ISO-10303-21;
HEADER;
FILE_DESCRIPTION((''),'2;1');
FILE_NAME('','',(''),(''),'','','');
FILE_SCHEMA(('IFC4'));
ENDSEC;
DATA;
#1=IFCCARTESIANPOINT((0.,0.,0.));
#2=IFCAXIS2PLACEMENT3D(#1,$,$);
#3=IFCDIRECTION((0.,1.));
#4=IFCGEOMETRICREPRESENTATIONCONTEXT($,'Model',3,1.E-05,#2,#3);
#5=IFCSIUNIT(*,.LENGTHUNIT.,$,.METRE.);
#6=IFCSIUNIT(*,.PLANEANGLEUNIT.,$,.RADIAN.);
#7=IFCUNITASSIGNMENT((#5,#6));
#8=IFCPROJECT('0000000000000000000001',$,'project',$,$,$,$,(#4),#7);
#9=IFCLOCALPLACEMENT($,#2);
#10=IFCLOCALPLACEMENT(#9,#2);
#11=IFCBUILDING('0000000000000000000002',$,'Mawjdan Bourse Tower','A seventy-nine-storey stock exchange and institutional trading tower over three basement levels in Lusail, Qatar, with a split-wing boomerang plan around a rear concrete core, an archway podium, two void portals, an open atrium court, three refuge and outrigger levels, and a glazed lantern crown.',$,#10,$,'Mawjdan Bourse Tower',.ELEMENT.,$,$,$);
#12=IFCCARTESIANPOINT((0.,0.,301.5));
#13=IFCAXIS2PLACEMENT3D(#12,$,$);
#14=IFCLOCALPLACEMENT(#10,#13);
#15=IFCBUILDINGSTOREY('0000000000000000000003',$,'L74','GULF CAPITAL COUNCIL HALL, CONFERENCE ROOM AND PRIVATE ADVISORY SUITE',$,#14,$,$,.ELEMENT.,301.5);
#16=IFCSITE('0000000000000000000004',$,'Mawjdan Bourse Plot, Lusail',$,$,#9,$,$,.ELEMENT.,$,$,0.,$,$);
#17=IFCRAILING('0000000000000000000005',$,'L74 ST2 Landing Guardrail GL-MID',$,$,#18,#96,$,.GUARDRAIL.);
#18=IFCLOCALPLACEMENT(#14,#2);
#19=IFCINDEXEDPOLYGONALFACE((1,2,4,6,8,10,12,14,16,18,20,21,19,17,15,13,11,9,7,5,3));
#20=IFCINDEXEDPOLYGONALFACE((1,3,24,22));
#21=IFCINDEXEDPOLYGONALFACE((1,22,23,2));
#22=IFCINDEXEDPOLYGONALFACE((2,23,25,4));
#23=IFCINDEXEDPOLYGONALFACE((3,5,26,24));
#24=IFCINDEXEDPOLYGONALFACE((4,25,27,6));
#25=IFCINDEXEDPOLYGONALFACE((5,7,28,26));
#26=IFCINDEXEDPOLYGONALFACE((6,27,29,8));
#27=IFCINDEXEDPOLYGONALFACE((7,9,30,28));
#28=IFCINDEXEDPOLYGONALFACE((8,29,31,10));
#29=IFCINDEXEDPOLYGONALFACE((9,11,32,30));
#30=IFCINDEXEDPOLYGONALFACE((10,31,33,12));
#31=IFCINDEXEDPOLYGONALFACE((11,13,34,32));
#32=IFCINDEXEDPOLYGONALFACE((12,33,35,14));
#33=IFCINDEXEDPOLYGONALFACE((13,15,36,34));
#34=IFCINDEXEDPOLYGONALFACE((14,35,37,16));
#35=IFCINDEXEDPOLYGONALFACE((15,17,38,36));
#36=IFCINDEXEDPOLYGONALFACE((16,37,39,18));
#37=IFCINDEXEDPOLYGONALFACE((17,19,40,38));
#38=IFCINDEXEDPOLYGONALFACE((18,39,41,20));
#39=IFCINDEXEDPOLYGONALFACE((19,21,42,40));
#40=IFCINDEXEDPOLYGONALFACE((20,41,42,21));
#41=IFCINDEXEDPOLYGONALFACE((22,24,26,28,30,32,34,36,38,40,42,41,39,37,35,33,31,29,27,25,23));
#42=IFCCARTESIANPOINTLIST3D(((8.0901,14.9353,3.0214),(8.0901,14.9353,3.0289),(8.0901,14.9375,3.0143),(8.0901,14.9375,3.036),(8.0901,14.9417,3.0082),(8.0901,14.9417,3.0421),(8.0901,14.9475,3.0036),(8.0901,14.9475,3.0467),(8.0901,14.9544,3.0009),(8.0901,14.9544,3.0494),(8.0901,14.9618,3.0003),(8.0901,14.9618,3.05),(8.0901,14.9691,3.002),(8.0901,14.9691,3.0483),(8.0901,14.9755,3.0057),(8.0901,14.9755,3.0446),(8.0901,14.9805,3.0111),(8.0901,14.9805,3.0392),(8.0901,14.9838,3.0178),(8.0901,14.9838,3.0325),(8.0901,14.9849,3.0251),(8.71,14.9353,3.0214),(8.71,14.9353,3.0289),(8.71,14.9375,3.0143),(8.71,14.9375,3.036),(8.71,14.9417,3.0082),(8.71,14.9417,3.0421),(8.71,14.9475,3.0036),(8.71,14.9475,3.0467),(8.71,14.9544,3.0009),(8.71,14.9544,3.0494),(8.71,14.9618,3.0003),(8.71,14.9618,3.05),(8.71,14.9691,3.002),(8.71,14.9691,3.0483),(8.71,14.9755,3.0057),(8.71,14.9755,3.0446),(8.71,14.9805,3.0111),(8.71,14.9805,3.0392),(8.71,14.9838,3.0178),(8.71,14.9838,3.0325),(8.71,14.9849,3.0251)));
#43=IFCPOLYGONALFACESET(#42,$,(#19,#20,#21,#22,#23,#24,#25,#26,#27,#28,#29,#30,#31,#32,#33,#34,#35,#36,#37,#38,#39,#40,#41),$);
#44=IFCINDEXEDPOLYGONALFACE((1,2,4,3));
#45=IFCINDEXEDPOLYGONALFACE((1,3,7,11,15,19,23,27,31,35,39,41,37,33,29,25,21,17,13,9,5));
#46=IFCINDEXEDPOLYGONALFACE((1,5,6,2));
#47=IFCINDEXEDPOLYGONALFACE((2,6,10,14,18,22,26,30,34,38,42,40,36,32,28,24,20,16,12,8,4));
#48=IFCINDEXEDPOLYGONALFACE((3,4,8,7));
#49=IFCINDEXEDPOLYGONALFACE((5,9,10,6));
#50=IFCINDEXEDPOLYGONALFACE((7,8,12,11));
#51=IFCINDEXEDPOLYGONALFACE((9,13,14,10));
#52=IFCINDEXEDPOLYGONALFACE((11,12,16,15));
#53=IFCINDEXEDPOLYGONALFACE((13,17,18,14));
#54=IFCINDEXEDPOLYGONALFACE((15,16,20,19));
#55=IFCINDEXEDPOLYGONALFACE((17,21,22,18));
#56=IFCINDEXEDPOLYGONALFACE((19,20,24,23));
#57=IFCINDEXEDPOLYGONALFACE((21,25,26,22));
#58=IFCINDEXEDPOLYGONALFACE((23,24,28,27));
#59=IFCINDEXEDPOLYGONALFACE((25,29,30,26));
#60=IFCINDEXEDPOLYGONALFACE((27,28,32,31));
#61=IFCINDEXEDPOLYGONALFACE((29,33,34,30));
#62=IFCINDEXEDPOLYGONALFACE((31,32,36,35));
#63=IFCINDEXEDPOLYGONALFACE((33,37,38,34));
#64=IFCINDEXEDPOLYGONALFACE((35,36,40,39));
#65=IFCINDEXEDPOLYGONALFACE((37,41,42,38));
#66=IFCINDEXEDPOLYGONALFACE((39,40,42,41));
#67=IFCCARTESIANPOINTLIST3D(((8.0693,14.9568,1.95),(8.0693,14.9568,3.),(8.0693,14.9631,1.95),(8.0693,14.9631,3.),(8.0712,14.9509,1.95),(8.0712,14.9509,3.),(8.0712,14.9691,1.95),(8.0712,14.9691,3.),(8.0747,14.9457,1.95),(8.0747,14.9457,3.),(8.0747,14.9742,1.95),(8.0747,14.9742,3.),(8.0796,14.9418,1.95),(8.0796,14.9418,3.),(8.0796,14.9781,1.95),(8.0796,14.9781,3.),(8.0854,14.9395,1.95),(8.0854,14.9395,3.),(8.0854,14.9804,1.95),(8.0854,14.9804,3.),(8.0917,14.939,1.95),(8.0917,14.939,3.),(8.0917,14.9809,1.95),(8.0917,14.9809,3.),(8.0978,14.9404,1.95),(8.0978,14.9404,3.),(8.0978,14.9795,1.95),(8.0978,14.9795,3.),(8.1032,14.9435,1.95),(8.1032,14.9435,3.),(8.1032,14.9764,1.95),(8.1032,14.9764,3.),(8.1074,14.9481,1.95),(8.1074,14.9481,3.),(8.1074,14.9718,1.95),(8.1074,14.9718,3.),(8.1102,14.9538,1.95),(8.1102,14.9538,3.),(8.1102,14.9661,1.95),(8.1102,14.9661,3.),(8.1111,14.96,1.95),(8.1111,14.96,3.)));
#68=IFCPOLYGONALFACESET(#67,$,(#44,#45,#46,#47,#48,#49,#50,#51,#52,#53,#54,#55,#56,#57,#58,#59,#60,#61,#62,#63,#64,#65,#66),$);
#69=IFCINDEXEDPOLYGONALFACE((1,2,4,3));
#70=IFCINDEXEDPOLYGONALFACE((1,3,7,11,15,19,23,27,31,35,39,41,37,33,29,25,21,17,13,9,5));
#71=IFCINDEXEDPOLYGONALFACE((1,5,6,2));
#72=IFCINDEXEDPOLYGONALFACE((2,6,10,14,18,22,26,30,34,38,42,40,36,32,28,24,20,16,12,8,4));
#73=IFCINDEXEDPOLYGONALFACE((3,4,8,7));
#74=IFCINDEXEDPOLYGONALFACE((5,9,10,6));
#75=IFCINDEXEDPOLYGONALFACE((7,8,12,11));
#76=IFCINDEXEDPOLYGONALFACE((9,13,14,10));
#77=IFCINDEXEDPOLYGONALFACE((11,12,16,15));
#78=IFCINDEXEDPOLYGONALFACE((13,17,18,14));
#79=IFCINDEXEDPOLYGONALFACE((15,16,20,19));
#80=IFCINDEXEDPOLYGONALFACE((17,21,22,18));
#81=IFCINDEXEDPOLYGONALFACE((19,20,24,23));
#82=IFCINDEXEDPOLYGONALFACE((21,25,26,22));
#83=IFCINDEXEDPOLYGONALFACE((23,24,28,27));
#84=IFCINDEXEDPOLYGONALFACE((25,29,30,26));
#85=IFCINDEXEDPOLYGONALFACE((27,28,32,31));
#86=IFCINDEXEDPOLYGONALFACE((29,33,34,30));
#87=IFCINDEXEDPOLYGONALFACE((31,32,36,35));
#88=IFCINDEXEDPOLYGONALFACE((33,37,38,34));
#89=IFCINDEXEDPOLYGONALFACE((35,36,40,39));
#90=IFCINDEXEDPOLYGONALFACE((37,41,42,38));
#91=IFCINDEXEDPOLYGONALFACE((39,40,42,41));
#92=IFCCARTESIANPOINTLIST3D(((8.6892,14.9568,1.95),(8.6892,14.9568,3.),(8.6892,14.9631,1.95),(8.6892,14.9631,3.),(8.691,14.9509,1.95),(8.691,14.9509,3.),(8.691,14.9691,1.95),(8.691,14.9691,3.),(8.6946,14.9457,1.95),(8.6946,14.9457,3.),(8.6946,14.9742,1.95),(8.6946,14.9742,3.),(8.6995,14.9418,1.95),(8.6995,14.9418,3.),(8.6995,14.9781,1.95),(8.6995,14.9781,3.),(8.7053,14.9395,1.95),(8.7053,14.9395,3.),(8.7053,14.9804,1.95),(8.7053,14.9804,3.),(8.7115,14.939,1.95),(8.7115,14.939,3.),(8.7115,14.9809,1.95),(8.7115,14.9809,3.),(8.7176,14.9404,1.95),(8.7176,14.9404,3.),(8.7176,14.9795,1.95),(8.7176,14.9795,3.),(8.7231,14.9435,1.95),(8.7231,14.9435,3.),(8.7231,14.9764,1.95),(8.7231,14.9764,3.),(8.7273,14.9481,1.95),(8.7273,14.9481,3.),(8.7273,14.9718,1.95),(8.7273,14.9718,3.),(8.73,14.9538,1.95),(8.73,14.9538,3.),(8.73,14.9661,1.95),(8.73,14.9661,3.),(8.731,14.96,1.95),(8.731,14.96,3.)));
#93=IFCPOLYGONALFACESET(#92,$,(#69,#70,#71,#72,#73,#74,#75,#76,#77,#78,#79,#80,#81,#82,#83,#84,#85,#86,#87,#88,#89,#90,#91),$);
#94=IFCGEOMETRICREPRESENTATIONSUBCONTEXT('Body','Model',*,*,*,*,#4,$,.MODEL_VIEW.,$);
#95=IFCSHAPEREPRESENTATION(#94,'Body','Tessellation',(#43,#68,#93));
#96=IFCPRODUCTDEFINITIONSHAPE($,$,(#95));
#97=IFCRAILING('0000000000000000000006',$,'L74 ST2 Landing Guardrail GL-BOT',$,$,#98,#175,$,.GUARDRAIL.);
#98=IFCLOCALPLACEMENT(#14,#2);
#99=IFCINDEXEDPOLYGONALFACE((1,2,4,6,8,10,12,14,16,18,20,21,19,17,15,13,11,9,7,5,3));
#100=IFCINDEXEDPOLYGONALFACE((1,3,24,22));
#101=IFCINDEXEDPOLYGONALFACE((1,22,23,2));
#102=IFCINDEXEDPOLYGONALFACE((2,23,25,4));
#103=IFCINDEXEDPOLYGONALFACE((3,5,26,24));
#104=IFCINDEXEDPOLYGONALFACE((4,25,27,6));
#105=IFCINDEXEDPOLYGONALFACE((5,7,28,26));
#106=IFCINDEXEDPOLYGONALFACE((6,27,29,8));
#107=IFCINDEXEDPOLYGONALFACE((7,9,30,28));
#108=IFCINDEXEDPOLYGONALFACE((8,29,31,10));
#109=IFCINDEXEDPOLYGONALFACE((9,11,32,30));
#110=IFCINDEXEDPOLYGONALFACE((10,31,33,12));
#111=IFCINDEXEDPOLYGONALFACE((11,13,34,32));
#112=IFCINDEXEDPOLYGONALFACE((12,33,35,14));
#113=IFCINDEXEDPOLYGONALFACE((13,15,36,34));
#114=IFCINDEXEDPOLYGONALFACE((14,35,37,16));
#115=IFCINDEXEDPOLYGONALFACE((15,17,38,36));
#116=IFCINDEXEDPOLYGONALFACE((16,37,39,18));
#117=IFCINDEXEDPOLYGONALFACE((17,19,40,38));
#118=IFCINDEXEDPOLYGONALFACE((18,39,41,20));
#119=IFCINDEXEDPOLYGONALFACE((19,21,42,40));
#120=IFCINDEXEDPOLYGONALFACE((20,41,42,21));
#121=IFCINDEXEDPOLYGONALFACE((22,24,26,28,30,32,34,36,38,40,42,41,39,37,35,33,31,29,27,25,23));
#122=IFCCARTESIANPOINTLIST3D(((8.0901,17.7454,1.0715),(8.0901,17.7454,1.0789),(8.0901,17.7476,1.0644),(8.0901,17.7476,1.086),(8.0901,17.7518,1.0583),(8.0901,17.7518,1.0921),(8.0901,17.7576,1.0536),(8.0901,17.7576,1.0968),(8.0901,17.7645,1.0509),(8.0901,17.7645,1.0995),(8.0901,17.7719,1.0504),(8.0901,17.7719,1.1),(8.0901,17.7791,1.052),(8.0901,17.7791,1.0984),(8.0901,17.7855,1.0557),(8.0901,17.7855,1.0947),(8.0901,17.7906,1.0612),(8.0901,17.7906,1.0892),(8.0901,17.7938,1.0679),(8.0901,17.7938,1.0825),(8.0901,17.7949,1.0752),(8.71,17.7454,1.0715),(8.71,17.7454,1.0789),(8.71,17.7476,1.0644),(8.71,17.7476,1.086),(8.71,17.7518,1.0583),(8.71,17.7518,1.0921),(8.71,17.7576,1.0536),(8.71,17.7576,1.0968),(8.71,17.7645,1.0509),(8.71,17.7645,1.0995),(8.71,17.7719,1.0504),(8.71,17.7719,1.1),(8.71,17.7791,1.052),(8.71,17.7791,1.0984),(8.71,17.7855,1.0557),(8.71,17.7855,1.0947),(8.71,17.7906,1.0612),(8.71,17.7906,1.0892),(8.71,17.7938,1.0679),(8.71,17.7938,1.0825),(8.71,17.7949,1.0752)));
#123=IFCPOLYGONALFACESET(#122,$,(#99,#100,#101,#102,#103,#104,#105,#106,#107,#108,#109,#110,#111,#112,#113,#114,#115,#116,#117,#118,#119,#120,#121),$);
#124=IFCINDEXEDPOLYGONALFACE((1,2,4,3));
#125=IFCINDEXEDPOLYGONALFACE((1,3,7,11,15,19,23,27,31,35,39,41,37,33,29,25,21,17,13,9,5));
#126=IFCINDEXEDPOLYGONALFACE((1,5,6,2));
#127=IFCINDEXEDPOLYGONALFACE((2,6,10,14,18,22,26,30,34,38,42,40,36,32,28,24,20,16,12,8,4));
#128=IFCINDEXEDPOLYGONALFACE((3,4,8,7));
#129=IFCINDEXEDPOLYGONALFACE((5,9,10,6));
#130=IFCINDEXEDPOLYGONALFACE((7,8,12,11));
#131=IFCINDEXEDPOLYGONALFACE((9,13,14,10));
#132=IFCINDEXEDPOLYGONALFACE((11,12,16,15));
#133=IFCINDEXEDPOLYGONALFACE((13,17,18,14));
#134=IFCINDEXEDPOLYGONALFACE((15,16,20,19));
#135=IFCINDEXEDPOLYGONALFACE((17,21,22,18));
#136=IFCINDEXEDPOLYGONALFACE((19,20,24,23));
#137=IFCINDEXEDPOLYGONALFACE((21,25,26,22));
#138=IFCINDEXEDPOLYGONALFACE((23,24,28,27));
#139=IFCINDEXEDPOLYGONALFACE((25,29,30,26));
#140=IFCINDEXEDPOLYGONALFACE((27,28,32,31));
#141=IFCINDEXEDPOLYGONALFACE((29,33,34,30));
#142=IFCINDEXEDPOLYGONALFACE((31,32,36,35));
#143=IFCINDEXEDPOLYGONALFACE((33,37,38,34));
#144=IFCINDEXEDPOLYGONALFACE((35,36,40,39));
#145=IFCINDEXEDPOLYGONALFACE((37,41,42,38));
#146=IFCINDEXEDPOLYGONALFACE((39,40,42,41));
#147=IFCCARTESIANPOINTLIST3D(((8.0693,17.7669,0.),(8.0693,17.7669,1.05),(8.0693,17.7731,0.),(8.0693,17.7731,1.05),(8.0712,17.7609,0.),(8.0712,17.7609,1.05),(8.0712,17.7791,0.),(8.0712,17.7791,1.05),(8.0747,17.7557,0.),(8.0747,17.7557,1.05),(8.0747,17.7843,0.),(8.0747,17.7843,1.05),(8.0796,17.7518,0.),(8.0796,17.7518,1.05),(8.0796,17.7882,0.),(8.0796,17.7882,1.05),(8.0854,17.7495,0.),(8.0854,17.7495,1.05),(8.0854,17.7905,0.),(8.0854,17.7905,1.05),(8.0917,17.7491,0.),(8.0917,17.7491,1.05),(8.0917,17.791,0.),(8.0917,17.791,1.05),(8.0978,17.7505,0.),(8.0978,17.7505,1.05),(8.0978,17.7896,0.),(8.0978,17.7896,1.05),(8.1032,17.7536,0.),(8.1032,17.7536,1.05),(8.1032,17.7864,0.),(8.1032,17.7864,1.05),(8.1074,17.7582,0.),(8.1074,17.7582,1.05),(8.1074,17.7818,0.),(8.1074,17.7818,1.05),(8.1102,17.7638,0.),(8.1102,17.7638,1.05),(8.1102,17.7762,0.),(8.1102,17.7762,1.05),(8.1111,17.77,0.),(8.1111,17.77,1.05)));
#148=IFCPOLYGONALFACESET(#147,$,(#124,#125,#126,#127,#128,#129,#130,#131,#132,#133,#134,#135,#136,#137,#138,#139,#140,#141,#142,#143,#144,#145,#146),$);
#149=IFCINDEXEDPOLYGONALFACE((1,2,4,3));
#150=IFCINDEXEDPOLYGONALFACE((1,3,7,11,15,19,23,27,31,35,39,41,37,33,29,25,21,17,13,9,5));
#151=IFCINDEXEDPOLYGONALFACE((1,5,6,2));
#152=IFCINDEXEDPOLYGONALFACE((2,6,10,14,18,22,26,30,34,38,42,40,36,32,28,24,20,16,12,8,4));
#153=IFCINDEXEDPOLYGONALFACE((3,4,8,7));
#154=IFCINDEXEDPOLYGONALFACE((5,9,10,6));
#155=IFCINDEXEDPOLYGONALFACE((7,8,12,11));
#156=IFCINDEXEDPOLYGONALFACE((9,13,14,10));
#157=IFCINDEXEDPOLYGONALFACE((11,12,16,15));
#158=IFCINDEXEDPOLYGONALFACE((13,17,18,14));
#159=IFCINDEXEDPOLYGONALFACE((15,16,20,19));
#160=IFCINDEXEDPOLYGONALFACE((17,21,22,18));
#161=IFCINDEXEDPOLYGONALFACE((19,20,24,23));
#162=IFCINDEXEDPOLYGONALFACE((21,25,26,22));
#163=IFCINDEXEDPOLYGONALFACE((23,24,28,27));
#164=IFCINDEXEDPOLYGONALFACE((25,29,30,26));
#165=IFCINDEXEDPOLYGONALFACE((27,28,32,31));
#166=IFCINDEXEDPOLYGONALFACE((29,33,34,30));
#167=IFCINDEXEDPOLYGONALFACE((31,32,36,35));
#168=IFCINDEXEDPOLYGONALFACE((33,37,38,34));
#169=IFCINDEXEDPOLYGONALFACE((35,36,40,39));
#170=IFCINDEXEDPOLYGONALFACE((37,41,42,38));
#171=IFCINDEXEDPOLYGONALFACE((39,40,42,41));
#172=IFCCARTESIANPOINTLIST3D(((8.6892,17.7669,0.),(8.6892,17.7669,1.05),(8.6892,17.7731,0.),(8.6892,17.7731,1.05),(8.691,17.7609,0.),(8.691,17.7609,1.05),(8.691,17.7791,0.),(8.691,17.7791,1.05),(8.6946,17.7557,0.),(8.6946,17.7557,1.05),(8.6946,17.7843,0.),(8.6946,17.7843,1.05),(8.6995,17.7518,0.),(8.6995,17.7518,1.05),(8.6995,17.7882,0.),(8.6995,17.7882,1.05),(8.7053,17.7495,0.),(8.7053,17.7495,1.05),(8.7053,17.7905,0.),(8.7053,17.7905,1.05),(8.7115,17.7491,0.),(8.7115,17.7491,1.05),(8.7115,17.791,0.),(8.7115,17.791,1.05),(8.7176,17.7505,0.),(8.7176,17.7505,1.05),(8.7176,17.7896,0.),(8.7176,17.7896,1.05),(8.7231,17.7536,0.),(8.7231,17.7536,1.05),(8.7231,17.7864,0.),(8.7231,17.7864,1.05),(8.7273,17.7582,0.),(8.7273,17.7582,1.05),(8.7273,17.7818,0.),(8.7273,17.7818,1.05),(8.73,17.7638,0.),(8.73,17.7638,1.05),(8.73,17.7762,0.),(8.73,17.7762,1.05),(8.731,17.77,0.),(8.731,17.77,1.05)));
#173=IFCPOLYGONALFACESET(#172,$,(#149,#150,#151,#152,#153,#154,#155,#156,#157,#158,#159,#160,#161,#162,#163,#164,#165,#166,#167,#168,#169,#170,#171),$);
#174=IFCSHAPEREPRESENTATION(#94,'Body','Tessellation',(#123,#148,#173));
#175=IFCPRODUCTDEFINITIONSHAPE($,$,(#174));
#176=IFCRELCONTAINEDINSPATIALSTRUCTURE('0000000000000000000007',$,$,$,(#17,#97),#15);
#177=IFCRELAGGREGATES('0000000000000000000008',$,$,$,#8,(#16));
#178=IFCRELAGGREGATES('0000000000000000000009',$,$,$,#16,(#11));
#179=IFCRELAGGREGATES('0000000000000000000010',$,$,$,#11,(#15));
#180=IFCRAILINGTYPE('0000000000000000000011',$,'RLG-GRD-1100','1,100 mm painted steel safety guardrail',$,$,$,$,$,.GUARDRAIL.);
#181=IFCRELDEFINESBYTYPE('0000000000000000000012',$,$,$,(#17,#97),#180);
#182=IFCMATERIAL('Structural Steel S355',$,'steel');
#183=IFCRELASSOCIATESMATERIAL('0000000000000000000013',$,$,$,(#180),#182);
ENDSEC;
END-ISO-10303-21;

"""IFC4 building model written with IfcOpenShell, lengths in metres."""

from ifc_helpers import new_model, si_unit, direction, frame, origin, origin_2d, place, context, subcontext, project, spatial, circle, extrude, material, type_object, element, save


model = new_model("IFC4")

# Units and contexts
model_context = context("Model", 3, precision=1e-05, world=origin(), true_north=direction((0.0, 1.0)))
body_context = subcontext(model_context, "Body", "Model", "MODEL_VIEW")
ifc_project = project(units=[si_unit("LENGTHUNIT", "METRE"), si_unit("PLANEANGLEUNIT", "RADIAN")], contexts=[model_context])

# Site, building, storey
site_placement = place(None, origin())
site = spatial("IfcSite", under=ifc_project, at=site_placement, Name="Mawjdan Bourse Plot, Lusail", CompositionType="ELEMENT", RefElevation=0.0)
building_placement = place(site_placement, origin())
building = spatial("IfcBuilding", under=site, at=building_placement, Name="Mawjdan Bourse Tower", Description="A seventy-nine-storey stock exchange and institutional trading tower over three basement levels in Lusail, Qatar, with a split-wing boomerang plan around a rear concrete core, an archway podium, two void portals, an open atrium court, three refuge and outrigger levels, and a glazed lantern crown.", LongName="Mawjdan Bourse Tower", CompositionType="ELEMENT")
storey_placement = place(building_placement, frame((0.0, 0.0, 301.5)))
storey = spatial("IfcBuildingStorey", under=building, at=storey_placement, Name="L74", Description="GULF CAPITAL COUNCIL HALL, CONFERENCE ROOM AND PRIVATE ADVISORY SUITE", CompositionType="ELEMENT", Elevation=301.5)

# Railings
ifc_material_1 = material(Name="Structural Steel S355", Category="steel")
railing_type_1 = type_object("IfcRailingType", Name="RLG-GRD-1100", Description="1,100 mm painted steel safety guardrail", PredefinedType="GUARDRAIL", material=ifc_material_1)
for number, where, name in (
    (1, (8.0901, 14.96, 1.95), "L74 ST2 Landing Guardrail GL-MID"),
    (2, (8.0901, 17.77, 0.0), "L74 ST2 Landing Guardrail GL-BOT"),
):
    element("IfcRailing", number, at=place(storey_placement, frame(where)), inside=storey, type_object=railing_type_1, Name=name, PredefinedType="GUARDRAIL", context=body_context, shape_type="SweptSolid", body=[
        extrude(circle(Radius=0.0249, at=origin_2d()), frame((0.0, 0.0, 1.0752), z_axis=(1.0, 0.0, 0.0), x_axis=(0.0, 1.0, 0.0)), (0.0, 0.0, 1.0), 0.6199),
        extrude(circle(Radius=0.021, at=origin_2d()), origin(), (0.0, 0.0, 1.0), 1.05),
        extrude(circle(Radius=0.021, at=origin_2d()), frame((0.6199, 0.0, 0.0)), (0.0, 0.0, 1.0), 1.05),
    ])

save(model, "model.ifc")
